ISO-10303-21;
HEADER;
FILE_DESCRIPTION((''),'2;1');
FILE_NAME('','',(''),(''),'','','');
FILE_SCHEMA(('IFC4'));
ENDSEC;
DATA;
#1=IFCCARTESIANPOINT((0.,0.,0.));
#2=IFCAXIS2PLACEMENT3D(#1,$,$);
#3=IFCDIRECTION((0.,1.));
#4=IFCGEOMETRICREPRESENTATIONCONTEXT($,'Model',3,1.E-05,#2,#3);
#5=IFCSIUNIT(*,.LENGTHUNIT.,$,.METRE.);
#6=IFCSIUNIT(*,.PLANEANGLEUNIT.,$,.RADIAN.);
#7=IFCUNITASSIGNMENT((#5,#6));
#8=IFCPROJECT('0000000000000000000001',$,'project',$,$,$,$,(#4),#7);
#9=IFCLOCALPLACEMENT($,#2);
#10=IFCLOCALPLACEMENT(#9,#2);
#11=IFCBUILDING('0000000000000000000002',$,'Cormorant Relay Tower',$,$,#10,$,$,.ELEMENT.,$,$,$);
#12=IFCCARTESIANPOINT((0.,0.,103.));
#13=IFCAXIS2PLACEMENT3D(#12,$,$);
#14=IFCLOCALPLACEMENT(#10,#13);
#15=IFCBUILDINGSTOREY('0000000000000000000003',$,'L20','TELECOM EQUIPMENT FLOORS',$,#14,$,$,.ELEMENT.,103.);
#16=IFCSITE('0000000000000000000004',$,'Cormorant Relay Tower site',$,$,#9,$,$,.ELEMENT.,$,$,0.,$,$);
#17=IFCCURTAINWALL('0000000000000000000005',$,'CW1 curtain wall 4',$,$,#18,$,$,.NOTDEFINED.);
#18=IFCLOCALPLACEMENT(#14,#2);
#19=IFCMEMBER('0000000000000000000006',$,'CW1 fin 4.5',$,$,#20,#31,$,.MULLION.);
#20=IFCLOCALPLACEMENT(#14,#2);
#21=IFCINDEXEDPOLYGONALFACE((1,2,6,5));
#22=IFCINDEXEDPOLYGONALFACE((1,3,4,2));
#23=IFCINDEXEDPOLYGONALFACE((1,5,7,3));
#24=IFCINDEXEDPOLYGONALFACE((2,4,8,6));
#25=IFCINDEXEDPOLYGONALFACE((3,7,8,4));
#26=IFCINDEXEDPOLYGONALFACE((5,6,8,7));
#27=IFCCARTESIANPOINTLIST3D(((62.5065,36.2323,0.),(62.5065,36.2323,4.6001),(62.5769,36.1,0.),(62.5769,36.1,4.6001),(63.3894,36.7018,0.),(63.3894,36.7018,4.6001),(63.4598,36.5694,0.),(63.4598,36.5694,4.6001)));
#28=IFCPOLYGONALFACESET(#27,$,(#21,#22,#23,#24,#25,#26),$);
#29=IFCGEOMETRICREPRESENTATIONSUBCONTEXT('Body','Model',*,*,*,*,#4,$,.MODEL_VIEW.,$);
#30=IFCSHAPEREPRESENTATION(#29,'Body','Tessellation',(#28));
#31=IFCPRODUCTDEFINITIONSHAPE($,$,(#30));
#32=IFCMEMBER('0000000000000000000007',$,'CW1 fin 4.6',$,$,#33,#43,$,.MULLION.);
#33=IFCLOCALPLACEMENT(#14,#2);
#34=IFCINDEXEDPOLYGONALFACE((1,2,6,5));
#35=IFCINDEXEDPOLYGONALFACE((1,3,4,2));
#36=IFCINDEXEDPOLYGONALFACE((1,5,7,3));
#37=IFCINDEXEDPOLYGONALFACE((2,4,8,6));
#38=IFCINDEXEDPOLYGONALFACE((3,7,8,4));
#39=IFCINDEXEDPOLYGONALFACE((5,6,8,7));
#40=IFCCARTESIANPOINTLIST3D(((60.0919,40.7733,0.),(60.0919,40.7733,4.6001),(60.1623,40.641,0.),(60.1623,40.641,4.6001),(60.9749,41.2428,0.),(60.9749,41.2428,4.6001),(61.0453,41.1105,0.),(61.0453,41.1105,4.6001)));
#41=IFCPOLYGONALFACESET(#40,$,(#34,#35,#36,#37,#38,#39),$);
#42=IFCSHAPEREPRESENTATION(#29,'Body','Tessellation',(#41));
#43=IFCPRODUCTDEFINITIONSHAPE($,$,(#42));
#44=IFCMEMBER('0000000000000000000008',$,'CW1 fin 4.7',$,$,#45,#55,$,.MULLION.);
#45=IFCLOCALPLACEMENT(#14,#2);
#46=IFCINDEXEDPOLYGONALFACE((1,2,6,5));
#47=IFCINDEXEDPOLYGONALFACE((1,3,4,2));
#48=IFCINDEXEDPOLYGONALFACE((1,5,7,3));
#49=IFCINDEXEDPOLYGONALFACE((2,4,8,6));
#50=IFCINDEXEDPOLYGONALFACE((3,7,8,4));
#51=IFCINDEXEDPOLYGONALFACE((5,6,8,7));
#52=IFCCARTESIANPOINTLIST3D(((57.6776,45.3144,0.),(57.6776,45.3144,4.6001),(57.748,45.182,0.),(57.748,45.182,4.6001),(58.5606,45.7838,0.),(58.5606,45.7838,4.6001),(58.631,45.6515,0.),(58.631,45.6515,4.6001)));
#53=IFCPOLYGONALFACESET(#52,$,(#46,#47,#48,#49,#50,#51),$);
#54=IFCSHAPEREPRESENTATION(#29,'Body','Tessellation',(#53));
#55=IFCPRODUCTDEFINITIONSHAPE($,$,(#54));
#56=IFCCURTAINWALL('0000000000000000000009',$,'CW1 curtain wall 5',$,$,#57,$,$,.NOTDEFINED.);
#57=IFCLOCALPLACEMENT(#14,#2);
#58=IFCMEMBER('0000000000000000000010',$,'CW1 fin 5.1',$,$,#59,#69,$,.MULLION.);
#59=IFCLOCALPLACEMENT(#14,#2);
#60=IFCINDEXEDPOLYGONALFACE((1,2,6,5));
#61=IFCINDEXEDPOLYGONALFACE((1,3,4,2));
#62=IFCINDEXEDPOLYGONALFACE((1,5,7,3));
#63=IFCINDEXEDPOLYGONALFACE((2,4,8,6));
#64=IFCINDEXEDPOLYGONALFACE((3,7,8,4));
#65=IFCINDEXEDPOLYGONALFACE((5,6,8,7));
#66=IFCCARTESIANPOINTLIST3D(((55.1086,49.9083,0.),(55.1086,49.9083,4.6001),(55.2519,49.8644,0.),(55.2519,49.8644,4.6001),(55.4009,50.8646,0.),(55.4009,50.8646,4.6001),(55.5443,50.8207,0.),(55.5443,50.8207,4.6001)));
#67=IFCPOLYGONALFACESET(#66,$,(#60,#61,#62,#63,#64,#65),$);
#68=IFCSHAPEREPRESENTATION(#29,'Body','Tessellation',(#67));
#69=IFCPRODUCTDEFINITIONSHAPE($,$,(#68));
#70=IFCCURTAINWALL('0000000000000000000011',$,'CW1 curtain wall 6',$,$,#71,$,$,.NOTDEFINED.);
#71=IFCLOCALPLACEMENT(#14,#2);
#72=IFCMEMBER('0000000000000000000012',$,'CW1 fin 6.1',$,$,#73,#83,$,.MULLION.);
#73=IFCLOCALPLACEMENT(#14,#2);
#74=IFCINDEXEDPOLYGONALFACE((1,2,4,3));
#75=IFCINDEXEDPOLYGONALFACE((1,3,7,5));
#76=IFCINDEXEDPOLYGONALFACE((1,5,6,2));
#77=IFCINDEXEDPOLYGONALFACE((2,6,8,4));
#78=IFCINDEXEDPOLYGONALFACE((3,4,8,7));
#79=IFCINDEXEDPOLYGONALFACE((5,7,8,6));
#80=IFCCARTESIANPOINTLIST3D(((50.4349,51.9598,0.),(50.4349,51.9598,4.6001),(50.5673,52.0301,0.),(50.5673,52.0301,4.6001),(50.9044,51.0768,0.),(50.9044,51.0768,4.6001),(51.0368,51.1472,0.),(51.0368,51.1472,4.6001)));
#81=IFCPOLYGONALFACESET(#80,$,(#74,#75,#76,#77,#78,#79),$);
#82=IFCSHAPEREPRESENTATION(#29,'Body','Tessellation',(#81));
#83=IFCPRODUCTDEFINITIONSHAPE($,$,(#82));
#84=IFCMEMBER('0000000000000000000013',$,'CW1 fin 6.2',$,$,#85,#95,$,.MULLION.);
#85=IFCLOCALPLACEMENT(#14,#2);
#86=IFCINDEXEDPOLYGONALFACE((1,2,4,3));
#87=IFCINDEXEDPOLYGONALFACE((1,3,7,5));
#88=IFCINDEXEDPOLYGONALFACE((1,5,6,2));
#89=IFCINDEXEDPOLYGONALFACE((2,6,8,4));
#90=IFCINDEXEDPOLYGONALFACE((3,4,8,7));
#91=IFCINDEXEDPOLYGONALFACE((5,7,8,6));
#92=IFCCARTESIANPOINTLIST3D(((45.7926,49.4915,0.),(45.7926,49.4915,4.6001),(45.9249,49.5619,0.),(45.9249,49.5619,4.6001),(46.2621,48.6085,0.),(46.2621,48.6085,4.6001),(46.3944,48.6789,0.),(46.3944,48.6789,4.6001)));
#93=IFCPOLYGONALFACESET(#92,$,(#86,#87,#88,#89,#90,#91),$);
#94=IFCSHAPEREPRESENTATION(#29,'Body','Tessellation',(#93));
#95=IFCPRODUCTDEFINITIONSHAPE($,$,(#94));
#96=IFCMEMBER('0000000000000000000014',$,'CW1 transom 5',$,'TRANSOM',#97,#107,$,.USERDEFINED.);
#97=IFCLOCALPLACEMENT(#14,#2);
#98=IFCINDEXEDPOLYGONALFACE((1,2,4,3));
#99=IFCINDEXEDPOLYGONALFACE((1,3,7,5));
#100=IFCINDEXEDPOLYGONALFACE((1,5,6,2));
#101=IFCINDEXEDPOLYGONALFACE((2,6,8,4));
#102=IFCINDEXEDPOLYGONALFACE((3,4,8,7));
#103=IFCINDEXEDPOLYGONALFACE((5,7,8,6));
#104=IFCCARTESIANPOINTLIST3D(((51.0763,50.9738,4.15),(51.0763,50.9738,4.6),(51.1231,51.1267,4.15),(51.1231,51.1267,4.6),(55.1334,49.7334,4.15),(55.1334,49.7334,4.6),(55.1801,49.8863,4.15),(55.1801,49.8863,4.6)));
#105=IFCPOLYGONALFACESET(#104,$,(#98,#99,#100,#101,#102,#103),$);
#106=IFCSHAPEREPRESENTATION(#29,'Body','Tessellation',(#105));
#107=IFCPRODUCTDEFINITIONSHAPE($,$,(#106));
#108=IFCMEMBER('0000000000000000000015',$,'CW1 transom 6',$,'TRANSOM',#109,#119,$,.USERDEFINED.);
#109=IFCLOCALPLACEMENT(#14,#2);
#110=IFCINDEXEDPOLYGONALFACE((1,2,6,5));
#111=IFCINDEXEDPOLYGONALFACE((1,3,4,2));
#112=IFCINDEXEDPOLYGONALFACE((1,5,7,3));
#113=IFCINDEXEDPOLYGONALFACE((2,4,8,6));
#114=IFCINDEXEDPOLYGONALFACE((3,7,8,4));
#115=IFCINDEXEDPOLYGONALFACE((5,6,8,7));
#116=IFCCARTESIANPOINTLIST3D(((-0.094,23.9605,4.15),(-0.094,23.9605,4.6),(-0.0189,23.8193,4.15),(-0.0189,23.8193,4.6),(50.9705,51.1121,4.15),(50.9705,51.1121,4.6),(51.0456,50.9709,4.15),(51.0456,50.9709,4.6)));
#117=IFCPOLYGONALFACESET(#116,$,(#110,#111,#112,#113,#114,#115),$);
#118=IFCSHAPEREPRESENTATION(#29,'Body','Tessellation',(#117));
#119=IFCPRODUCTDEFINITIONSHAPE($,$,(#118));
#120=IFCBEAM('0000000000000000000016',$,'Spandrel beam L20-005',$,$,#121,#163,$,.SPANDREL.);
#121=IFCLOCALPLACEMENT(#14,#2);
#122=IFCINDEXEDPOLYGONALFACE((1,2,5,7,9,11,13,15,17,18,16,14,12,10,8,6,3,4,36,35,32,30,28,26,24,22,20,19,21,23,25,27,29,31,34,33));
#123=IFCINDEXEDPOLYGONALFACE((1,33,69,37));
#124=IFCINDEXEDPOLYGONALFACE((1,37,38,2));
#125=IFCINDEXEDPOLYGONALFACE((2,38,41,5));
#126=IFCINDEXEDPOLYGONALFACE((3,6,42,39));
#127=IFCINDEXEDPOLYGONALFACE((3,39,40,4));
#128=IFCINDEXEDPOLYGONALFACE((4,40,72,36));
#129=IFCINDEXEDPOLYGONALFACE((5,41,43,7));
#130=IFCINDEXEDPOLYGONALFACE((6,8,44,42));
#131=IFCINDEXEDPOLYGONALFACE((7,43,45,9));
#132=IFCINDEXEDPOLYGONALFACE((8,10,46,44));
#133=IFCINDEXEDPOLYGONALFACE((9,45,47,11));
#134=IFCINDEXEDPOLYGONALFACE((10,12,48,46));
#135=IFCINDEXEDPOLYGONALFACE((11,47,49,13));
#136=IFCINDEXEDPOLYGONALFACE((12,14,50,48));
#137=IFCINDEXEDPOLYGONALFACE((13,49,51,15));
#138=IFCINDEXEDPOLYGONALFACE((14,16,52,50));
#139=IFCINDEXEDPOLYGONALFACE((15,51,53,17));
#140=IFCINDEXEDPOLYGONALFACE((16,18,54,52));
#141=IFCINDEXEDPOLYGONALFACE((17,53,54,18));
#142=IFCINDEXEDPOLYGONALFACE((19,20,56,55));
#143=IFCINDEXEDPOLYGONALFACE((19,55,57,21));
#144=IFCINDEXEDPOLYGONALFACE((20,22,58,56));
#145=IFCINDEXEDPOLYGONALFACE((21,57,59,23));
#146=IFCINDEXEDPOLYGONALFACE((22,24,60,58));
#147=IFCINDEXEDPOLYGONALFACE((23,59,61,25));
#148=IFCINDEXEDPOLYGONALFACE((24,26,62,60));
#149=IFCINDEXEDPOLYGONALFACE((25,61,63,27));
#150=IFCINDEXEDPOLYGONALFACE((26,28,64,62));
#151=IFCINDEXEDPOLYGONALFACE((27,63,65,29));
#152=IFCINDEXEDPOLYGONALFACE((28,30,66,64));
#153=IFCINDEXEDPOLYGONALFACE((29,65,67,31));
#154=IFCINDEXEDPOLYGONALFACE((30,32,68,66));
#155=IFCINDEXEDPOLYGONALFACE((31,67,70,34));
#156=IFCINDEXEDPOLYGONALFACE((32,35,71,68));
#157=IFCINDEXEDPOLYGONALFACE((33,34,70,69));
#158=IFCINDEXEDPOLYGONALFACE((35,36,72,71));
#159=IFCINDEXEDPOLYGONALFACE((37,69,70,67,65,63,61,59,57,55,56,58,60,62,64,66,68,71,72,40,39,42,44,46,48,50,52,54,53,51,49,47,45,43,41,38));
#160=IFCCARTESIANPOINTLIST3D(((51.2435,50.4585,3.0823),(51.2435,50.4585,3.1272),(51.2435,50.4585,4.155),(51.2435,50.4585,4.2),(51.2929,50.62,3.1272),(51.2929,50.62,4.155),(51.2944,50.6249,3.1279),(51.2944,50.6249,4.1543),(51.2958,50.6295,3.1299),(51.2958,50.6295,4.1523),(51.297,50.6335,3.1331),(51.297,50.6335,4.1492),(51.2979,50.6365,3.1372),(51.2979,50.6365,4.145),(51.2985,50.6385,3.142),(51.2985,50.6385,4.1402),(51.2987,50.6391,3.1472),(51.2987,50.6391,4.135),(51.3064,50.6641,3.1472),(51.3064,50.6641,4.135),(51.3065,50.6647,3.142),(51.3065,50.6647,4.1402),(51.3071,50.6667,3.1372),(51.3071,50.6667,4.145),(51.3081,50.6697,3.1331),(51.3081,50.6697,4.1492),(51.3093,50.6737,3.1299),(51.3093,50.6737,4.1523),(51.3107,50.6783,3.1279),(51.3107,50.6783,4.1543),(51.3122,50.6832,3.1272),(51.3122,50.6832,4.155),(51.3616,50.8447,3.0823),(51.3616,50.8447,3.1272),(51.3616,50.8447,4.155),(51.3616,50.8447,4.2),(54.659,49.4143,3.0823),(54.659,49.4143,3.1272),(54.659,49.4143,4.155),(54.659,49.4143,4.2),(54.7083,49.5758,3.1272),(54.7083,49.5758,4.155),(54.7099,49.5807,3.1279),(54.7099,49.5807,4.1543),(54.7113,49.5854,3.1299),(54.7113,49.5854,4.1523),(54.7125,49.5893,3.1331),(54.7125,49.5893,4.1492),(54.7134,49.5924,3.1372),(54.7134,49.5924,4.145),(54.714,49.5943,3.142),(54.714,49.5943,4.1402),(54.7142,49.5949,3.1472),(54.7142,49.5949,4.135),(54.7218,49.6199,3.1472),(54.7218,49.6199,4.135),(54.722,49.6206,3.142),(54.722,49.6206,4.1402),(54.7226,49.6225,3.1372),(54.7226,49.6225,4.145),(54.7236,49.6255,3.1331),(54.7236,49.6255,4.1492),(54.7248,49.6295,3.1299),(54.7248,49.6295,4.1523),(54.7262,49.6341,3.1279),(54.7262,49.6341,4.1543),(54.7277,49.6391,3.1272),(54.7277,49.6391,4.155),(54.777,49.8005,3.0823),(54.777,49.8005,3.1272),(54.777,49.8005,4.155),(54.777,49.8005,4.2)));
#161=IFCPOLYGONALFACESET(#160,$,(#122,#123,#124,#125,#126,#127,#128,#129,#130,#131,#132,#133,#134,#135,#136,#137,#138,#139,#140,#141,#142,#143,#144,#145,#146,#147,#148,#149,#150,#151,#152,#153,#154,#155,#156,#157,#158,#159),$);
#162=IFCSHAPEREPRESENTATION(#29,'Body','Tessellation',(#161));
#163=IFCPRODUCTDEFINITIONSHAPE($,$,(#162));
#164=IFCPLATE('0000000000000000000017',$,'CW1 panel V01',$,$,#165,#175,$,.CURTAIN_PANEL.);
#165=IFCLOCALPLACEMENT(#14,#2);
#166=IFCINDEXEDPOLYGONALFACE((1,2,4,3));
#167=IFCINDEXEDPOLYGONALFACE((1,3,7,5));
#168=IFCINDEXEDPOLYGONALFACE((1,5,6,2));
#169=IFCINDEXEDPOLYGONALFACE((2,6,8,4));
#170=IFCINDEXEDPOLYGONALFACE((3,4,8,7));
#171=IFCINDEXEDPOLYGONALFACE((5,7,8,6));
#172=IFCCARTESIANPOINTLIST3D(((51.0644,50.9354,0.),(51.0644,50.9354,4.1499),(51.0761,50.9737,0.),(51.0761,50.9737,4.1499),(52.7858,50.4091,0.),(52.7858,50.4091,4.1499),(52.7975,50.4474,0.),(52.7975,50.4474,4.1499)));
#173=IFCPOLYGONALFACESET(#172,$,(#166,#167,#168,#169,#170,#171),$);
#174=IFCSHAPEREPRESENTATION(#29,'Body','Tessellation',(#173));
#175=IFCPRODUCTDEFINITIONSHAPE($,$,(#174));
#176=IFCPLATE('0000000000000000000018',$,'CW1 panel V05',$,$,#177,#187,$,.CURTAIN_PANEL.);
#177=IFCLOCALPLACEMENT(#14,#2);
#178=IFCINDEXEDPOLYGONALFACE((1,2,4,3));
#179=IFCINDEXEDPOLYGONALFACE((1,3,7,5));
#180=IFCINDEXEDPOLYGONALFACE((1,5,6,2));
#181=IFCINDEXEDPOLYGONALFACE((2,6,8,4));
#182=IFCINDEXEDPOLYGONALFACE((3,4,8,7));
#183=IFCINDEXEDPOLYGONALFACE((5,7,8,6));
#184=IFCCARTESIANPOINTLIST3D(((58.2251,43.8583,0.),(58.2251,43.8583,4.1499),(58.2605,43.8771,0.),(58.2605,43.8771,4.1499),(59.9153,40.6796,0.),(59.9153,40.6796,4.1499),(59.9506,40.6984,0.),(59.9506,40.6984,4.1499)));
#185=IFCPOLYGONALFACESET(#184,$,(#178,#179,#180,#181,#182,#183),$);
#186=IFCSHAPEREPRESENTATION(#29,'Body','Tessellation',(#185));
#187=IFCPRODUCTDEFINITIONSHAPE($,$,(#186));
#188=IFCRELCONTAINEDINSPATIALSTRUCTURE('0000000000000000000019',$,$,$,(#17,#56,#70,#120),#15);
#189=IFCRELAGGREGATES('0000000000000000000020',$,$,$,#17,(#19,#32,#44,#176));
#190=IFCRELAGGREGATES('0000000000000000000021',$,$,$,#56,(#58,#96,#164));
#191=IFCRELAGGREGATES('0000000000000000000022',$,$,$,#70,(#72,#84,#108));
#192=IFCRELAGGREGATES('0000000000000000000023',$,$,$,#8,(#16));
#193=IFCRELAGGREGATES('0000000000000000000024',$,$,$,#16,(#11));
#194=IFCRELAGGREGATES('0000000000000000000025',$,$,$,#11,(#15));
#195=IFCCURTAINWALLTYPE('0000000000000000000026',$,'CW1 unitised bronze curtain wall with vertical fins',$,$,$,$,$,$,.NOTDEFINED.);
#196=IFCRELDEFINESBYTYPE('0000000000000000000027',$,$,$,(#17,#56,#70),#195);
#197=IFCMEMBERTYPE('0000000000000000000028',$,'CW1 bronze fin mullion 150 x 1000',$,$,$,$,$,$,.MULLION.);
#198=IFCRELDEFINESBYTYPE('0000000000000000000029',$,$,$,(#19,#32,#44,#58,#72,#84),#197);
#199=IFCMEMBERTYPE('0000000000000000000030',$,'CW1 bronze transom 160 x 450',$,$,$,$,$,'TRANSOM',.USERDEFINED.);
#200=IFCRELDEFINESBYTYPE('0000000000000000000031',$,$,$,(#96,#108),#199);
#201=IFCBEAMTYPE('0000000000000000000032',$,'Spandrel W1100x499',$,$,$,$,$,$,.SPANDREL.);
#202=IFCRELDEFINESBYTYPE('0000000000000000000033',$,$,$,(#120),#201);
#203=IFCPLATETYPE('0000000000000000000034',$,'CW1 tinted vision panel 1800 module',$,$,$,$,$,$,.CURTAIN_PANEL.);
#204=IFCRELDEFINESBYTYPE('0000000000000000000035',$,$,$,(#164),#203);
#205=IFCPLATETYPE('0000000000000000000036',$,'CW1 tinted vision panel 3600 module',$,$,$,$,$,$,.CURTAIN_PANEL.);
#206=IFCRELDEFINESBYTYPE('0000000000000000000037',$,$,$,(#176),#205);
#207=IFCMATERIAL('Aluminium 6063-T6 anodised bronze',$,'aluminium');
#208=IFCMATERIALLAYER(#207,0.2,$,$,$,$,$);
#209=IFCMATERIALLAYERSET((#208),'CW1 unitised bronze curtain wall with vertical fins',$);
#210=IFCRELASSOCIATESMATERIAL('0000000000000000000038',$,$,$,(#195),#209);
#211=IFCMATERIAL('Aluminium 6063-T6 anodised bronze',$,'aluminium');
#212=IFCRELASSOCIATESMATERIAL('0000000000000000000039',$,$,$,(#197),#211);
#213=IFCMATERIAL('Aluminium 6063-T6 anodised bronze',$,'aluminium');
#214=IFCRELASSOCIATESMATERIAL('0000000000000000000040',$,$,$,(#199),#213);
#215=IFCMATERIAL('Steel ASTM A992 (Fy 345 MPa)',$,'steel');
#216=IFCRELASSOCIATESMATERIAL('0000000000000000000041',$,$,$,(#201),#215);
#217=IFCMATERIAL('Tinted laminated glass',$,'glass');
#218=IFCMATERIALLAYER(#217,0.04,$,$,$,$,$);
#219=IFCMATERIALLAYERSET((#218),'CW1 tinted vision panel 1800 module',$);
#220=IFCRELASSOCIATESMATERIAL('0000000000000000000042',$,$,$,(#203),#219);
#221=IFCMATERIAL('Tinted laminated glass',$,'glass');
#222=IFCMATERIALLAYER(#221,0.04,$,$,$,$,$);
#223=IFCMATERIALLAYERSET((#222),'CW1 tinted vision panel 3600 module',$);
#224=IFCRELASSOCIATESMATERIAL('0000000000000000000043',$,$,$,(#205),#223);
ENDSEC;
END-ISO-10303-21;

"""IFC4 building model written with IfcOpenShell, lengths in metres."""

from ifc_helpers import new_model, si_unit, direction, frame, origin, origin_2d, place, context, subcontext, project, spatial, rectangle, i_section, extrude, material, layer, layer_set, material_profile, profile_set, type_object, element, aggregate, save


model = new_model("IFC4")

# Units and contexts
model_context = context("Model", 3, precision=1e-05, world=origin(), true_north=direction((0.0, 1.0)))
body_context = subcontext(model_context, "Body", "Model", "MODEL_VIEW")
ifc_project = project(units=[si_unit("LENGTHUNIT", "METRE"), si_unit("PLANEANGLEUNIT", "RADIAN")], contexts=[model_context])

# Site, building, storey
site_placement = place(None, origin())
site = spatial("IfcSite", under=ifc_project, at=site_placement, Name="Cormorant Relay Tower site", CompositionType="ELEMENT", RefElevation=0.0)
building_placement = place(site_placement, origin())
building = spatial("IfcBuilding", under=site, at=building_placement, Name="Cormorant Relay Tower", CompositionType="ELEMENT")
storey_placement = place(building_placement, frame((0.0, 0.0, 103.0)))
storey = spatial("IfcBuildingStorey", under=building, at=storey_placement, Name="L20", Description="TELECOM EQUIPMENT FLOORS", CompositionType="ELEMENT", Elevation=103.0)

# Curtain wall, members
ifc_material_1 = material(Name="Aluminium 6063-T6 anodised bronze", Category="aluminium")
ifc_layer_1 = layer(ifc_material_1, 0.2)
ifc_layer_set_1 = layer_set([ifc_layer_1], Name="CW1 unitised bronze curtain wall with vertical fins")
curtain_wall_type = type_object("IfcCurtainWallType", Name="CW1 unitised bronze curtain wall with vertical fins", PredefinedType="NOTDEFINED", material=ifc_layer_set_1)
curtain_wall_1_placement = place(storey_placement, origin())
curtain_wall_1 = element("IfcCurtainWall", 1, at=curtain_wall_1_placement, inside=storey, type_object=curtain_wall_type, Name="CW1 curtain wall 4", PredefinedType="NOTDEFINED")
ifc_material_2 = material(Name="Aluminium 6063-T6 anodised bronze", Category="aluminium")
ifc_material_profile_1 = material_profile(ifc_material_2, rectangle(XDim=0.1499, YDim=1.0, at=origin_2d()), Name="AL 150x1000")
ifc_profile_set_1 = profile_set([ifc_material_profile_1], Name="Aluminium 6063-T6 anodised bronze")
member_type_1 = type_object("IfcMemberType", Name="CW1 bronze fin mullion 150 x 1000", PredefinedType="MULLION", material=ifc_profile_set_1)
member_1_placement = place(storey_placement, frame((62.9832, 36.4009, 0.0), z_axis=(0.0, 0.0, 1.0), x_axis=(-0.469472, 0.882948, 0.0)))
member_1 = element("IfcMember", 2, at=member_1_placement, type_object=member_type_1, Name="CW1 fin 4.5", PredefinedType="MULLION", context=body_context, shape_type="SweptSolid", body=[
    extrude(rectangle(XDim=0.1499, YDim=1.0, at=origin_2d()), origin(), (0.0, 0.0, 1.0), 4.6001),
])
member_2_placement = place(storey_placement, frame((60.5686, 40.9419, 0.0), z_axis=(0.0, 0.0, 1.0), x_axis=(-0.469472, 0.882948, 0.0)))
member_2 = element("IfcMember", 3, at=member_2_placement, type_object=member_type_1, Name="CW1 fin 4.6", PredefinedType="MULLION", context=body_context, shape_type="SweptSolid", body=[
    extrude(rectangle(XDim=0.1499, YDim=1.0, at=origin_2d()), origin(), (0.0, 0.0, 1.0), 4.6001),
])
member_3_placement = place(storey_placement, frame((58.1543, 45.4829, 0.0), z_axis=(0.0, 0.0, 1.0), x_axis=(-0.469472, 0.882948, 0.0)))
member_3 = element("IfcMember", 4, at=member_3_placement, type_object=member_type_1, Name="CW1 fin 4.7", PredefinedType="MULLION", context=body_context, shape_type="SweptSolid", body=[
    extrude(rectangle(XDim=0.1499, YDim=1.0, at=origin_2d()), origin(), (0.0, 0.0, 1.0), 4.6001),
])

# Curtain wall, member
curtain_wall_2_placement = place(storey_placement, origin())
curtain_wall_2 = element("IfcCurtainWall", 5, at=curtain_wall_2_placement, inside=storey, type_object=curtain_wall_type, Name="CW1 curtain wall 5", PredefinedType="NOTDEFINED")
member_4_placement = place(storey_placement, frame((55.3264, 50.3645, 0.0), z_axis=(0.0, 0.0, 1.0), x_axis=(-0.956305, 0.292372, 0.0)))
member_4 = element("IfcMember", 6, at=member_4_placement, type_object=member_type_1, Name="CW1 fin 5.1", PredefinedType="MULLION", context=body_context, shape_type="SweptSolid", body=[
    extrude(rectangle(XDim=0.1499, YDim=1.0, at=origin_2d()), origin(), (0.0, 0.0, 1.0), 4.6001),
])

# Curtain wall, members
curtain_wall_3_placement = place(storey_placement, origin())
curtain_wall_3 = element("IfcCurtainWall", 7, at=curtain_wall_3_placement, inside=storey, type_object=curtain_wall_type, Name="CW1 curtain wall 6", PredefinedType="NOTDEFINED")
member_5_placement = place(storey_placement, frame((50.7358, 51.5535, 0.0), z_axis=(0.0, 0.0, 1.0), x_axis=(-0.882948, -0.469472, 0.0)))
member_5 = element("IfcMember", 8, at=member_5_placement, type_object=member_type_1, Name="CW1 fin 6.1", PredefinedType="MULLION", context=body_context, shape_type="SweptSolid", body=[
    extrude(rectangle(XDim=0.1499, YDim=1.0, at=origin_2d()), origin(), (0.0, 0.0, 1.0), 4.6001),
])
member_6_placement = place(storey_placement, frame((46.0935, 49.0852, 0.0), z_axis=(0.0, 0.0, 1.0), x_axis=(-0.882948, -0.469472, 0.0)))
member_6 = element("IfcMember", 9, at=member_6_placement, type_object=member_type_1, Name="CW1 fin 6.2", PredefinedType="MULLION", context=body_context, shape_type="SweptSolid", body=[
    extrude(rectangle(XDim=0.1499, YDim=1.0, at=origin_2d()), origin(), (0.0, 0.0, 1.0), 4.6001),
])

# Members
ifc_material_3 = material(Name="Aluminium 6063-T6 anodised bronze", Category="aluminium")
ifc_material_profile_2 = material_profile(ifc_material_3, rectangle(XDim=0.1599, YDim=0.45, at=origin_2d()), Name="AL 160x450")
ifc_profile_set_2 = profile_set([ifc_material_profile_2], Name="Aluminium 6063-T6 anodised bronze")
member_type_2 = type_object("IfcMemberType", Name="CW1 bronze transom 160 x 450", ElementType="TRANSOM", PredefinedType="USERDEFINED", material=ifc_profile_set_2)
member_7_placement = place(storey_placement, frame((55.1567, 49.8098, 4.375), z_axis=(-0.956299, 0.292391, 0.0), x_axis=(-0.292391, -0.956299, 0.0)))
member_7 = element("IfcMember", 10, at=member_7_placement, type_object=member_type_2, Name="CW1 transom 5", ObjectType="TRANSOM", PredefinedType="USERDEFINED", context=body_context, shape_type="SweptSolid", body=[
    extrude(rectangle(XDim=0.1599, YDim=0.45, at=origin_2d()), origin(), (0.0, 0.0, 1.0), 4.2424),
])
member_8_placement = place(storey_placement, frame((51.0081, 51.0415, 4.375), z_axis=(-0.882946, -0.469474, 0.0), x_axis=(0.469474, -0.882946, 0.0)))
member_8 = element("IfcMember", 11, at=member_8_placement, type_object=member_type_2, Name="CW1 transom 6", ObjectType="TRANSOM", PredefinedType="USERDEFINED", context=body_context, shape_type="SweptSolid", body=[
    extrude(rectangle(XDim=0.1599, YDim=0.45, at=origin_2d()), origin(), (0.0, 0.0, 1.0), 57.8342),
])

# Beam
ifc_material_4 = material(Name="Steel ASTM A992 (Fy 345 MPa)", Category="steel")
ifc_material_profile_3 = material_profile(ifc_material_4, i_section(OverallWidth=0.4038, OverallDepth=1.1177, WebThickness=0.0261, FlangeThickness=0.0449, FilletRadius=0.02, at=origin_2d()), Name="W1100x499")
ifc_profile_set_3 = profile_set([ifc_material_profile_3], Name="Steel ASTM A992 (Fy 345 MPa)")
beam_type = type_object("IfcBeamType", Name="Spandrel W1100x499", PredefinedType="SPANDREL", material=ifc_profile_set_3)
beam_placement = place(storey_placement, frame((54.718, 49.6074, 3.6411), z_axis=(-0.956308, 0.292361, 0.0), x_axis=(-0.292361, -0.956308, 0.0)))
element("IfcBeam", 12, at=beam_placement, inside=storey, type_object=beam_type, Name="Spandrel beam L20-005", PredefinedType="SPANDREL", context=body_context, shape_type="SweptSolid", body=[
    extrude(i_section(OverallWidth=0.4038, OverallDepth=1.1177, WebThickness=0.0261, FlangeThickness=0.0449, FilletRadius=0.02, at=origin_2d()), origin(), (0.0, 0.0, 1.0), 3.5715),
])

# Plates
ifc_material_5 = material(Name="Tinted laminated glass", Category="glass")
ifc_layer_2 = layer(ifc_material_5, 0.04)
ifc_layer_set_2 = layer_set([ifc_layer_2], Name="CW1 tinted vision panel 1800 module")
plate_type_1 = type_object("IfcPlateType", Name="CW1 tinted vision panel 1800 module", PredefinedType="CURTAIN_PANEL", material=ifc_layer_set_2)
plate_1_placement = place(storey_placement, frame((51.9309, 50.6914, 0.0), z_axis=(0.0, 0.0, 1.0), x_axis=(-0.956305, 0.292372, 0.0)))
plate_1 = element("IfcPlate", 13, at=plate_1_placement, type_object=plate_type_1, Name="CW1 panel V01", PredefinedType="CURTAIN_PANEL", context=body_context, shape_type="SweptSolid", body=[
    extrude(rectangle(XDim=1.8, YDim=0.04, at=origin_2d()), origin(), (0.0, 0.0, 1.0), 4.1499),
])
ifc_material_6 = material(Name="Tinted laminated glass", Category="glass")
ifc_layer_3 = layer(ifc_material_6, 0.04)
ifc_layer_set_3 = layer_set([ifc_layer_3], Name="CW1 tinted vision panel 3600 module")
plate_type_2 = type_object("IfcPlateType", Name="CW1 tinted vision panel 3600 module", PredefinedType="CURTAIN_PANEL", material=ifc_layer_set_3)
plate_2_placement = place(storey_placement, frame((59.0879, 42.2783, 0.0), z_axis=(0.0, 0.0, 1.0), x_axis=(-0.469472, 0.882948, 0.0)))
plate_2 = element("IfcPlate", 14, at=plate_2_placement, type_object=plate_type_2, Name="CW1 panel V05", PredefinedType="CURTAIN_PANEL", context=body_context, shape_type="SweptSolid", body=[
    extrude(rectangle(XDim=3.6001, YDim=0.04, at=origin_2d()), origin(), (0.0, 0.0, 1.0), 4.1499),
])

aggregate(curtain_wall_1, [member_1, member_2, member_3, plate_2])
aggregate(curtain_wall_2, [member_4, member_7, plate_1])
aggregate(curtain_wall_3, [member_5, member_6, member_8])

save(model, "model.ifc")
